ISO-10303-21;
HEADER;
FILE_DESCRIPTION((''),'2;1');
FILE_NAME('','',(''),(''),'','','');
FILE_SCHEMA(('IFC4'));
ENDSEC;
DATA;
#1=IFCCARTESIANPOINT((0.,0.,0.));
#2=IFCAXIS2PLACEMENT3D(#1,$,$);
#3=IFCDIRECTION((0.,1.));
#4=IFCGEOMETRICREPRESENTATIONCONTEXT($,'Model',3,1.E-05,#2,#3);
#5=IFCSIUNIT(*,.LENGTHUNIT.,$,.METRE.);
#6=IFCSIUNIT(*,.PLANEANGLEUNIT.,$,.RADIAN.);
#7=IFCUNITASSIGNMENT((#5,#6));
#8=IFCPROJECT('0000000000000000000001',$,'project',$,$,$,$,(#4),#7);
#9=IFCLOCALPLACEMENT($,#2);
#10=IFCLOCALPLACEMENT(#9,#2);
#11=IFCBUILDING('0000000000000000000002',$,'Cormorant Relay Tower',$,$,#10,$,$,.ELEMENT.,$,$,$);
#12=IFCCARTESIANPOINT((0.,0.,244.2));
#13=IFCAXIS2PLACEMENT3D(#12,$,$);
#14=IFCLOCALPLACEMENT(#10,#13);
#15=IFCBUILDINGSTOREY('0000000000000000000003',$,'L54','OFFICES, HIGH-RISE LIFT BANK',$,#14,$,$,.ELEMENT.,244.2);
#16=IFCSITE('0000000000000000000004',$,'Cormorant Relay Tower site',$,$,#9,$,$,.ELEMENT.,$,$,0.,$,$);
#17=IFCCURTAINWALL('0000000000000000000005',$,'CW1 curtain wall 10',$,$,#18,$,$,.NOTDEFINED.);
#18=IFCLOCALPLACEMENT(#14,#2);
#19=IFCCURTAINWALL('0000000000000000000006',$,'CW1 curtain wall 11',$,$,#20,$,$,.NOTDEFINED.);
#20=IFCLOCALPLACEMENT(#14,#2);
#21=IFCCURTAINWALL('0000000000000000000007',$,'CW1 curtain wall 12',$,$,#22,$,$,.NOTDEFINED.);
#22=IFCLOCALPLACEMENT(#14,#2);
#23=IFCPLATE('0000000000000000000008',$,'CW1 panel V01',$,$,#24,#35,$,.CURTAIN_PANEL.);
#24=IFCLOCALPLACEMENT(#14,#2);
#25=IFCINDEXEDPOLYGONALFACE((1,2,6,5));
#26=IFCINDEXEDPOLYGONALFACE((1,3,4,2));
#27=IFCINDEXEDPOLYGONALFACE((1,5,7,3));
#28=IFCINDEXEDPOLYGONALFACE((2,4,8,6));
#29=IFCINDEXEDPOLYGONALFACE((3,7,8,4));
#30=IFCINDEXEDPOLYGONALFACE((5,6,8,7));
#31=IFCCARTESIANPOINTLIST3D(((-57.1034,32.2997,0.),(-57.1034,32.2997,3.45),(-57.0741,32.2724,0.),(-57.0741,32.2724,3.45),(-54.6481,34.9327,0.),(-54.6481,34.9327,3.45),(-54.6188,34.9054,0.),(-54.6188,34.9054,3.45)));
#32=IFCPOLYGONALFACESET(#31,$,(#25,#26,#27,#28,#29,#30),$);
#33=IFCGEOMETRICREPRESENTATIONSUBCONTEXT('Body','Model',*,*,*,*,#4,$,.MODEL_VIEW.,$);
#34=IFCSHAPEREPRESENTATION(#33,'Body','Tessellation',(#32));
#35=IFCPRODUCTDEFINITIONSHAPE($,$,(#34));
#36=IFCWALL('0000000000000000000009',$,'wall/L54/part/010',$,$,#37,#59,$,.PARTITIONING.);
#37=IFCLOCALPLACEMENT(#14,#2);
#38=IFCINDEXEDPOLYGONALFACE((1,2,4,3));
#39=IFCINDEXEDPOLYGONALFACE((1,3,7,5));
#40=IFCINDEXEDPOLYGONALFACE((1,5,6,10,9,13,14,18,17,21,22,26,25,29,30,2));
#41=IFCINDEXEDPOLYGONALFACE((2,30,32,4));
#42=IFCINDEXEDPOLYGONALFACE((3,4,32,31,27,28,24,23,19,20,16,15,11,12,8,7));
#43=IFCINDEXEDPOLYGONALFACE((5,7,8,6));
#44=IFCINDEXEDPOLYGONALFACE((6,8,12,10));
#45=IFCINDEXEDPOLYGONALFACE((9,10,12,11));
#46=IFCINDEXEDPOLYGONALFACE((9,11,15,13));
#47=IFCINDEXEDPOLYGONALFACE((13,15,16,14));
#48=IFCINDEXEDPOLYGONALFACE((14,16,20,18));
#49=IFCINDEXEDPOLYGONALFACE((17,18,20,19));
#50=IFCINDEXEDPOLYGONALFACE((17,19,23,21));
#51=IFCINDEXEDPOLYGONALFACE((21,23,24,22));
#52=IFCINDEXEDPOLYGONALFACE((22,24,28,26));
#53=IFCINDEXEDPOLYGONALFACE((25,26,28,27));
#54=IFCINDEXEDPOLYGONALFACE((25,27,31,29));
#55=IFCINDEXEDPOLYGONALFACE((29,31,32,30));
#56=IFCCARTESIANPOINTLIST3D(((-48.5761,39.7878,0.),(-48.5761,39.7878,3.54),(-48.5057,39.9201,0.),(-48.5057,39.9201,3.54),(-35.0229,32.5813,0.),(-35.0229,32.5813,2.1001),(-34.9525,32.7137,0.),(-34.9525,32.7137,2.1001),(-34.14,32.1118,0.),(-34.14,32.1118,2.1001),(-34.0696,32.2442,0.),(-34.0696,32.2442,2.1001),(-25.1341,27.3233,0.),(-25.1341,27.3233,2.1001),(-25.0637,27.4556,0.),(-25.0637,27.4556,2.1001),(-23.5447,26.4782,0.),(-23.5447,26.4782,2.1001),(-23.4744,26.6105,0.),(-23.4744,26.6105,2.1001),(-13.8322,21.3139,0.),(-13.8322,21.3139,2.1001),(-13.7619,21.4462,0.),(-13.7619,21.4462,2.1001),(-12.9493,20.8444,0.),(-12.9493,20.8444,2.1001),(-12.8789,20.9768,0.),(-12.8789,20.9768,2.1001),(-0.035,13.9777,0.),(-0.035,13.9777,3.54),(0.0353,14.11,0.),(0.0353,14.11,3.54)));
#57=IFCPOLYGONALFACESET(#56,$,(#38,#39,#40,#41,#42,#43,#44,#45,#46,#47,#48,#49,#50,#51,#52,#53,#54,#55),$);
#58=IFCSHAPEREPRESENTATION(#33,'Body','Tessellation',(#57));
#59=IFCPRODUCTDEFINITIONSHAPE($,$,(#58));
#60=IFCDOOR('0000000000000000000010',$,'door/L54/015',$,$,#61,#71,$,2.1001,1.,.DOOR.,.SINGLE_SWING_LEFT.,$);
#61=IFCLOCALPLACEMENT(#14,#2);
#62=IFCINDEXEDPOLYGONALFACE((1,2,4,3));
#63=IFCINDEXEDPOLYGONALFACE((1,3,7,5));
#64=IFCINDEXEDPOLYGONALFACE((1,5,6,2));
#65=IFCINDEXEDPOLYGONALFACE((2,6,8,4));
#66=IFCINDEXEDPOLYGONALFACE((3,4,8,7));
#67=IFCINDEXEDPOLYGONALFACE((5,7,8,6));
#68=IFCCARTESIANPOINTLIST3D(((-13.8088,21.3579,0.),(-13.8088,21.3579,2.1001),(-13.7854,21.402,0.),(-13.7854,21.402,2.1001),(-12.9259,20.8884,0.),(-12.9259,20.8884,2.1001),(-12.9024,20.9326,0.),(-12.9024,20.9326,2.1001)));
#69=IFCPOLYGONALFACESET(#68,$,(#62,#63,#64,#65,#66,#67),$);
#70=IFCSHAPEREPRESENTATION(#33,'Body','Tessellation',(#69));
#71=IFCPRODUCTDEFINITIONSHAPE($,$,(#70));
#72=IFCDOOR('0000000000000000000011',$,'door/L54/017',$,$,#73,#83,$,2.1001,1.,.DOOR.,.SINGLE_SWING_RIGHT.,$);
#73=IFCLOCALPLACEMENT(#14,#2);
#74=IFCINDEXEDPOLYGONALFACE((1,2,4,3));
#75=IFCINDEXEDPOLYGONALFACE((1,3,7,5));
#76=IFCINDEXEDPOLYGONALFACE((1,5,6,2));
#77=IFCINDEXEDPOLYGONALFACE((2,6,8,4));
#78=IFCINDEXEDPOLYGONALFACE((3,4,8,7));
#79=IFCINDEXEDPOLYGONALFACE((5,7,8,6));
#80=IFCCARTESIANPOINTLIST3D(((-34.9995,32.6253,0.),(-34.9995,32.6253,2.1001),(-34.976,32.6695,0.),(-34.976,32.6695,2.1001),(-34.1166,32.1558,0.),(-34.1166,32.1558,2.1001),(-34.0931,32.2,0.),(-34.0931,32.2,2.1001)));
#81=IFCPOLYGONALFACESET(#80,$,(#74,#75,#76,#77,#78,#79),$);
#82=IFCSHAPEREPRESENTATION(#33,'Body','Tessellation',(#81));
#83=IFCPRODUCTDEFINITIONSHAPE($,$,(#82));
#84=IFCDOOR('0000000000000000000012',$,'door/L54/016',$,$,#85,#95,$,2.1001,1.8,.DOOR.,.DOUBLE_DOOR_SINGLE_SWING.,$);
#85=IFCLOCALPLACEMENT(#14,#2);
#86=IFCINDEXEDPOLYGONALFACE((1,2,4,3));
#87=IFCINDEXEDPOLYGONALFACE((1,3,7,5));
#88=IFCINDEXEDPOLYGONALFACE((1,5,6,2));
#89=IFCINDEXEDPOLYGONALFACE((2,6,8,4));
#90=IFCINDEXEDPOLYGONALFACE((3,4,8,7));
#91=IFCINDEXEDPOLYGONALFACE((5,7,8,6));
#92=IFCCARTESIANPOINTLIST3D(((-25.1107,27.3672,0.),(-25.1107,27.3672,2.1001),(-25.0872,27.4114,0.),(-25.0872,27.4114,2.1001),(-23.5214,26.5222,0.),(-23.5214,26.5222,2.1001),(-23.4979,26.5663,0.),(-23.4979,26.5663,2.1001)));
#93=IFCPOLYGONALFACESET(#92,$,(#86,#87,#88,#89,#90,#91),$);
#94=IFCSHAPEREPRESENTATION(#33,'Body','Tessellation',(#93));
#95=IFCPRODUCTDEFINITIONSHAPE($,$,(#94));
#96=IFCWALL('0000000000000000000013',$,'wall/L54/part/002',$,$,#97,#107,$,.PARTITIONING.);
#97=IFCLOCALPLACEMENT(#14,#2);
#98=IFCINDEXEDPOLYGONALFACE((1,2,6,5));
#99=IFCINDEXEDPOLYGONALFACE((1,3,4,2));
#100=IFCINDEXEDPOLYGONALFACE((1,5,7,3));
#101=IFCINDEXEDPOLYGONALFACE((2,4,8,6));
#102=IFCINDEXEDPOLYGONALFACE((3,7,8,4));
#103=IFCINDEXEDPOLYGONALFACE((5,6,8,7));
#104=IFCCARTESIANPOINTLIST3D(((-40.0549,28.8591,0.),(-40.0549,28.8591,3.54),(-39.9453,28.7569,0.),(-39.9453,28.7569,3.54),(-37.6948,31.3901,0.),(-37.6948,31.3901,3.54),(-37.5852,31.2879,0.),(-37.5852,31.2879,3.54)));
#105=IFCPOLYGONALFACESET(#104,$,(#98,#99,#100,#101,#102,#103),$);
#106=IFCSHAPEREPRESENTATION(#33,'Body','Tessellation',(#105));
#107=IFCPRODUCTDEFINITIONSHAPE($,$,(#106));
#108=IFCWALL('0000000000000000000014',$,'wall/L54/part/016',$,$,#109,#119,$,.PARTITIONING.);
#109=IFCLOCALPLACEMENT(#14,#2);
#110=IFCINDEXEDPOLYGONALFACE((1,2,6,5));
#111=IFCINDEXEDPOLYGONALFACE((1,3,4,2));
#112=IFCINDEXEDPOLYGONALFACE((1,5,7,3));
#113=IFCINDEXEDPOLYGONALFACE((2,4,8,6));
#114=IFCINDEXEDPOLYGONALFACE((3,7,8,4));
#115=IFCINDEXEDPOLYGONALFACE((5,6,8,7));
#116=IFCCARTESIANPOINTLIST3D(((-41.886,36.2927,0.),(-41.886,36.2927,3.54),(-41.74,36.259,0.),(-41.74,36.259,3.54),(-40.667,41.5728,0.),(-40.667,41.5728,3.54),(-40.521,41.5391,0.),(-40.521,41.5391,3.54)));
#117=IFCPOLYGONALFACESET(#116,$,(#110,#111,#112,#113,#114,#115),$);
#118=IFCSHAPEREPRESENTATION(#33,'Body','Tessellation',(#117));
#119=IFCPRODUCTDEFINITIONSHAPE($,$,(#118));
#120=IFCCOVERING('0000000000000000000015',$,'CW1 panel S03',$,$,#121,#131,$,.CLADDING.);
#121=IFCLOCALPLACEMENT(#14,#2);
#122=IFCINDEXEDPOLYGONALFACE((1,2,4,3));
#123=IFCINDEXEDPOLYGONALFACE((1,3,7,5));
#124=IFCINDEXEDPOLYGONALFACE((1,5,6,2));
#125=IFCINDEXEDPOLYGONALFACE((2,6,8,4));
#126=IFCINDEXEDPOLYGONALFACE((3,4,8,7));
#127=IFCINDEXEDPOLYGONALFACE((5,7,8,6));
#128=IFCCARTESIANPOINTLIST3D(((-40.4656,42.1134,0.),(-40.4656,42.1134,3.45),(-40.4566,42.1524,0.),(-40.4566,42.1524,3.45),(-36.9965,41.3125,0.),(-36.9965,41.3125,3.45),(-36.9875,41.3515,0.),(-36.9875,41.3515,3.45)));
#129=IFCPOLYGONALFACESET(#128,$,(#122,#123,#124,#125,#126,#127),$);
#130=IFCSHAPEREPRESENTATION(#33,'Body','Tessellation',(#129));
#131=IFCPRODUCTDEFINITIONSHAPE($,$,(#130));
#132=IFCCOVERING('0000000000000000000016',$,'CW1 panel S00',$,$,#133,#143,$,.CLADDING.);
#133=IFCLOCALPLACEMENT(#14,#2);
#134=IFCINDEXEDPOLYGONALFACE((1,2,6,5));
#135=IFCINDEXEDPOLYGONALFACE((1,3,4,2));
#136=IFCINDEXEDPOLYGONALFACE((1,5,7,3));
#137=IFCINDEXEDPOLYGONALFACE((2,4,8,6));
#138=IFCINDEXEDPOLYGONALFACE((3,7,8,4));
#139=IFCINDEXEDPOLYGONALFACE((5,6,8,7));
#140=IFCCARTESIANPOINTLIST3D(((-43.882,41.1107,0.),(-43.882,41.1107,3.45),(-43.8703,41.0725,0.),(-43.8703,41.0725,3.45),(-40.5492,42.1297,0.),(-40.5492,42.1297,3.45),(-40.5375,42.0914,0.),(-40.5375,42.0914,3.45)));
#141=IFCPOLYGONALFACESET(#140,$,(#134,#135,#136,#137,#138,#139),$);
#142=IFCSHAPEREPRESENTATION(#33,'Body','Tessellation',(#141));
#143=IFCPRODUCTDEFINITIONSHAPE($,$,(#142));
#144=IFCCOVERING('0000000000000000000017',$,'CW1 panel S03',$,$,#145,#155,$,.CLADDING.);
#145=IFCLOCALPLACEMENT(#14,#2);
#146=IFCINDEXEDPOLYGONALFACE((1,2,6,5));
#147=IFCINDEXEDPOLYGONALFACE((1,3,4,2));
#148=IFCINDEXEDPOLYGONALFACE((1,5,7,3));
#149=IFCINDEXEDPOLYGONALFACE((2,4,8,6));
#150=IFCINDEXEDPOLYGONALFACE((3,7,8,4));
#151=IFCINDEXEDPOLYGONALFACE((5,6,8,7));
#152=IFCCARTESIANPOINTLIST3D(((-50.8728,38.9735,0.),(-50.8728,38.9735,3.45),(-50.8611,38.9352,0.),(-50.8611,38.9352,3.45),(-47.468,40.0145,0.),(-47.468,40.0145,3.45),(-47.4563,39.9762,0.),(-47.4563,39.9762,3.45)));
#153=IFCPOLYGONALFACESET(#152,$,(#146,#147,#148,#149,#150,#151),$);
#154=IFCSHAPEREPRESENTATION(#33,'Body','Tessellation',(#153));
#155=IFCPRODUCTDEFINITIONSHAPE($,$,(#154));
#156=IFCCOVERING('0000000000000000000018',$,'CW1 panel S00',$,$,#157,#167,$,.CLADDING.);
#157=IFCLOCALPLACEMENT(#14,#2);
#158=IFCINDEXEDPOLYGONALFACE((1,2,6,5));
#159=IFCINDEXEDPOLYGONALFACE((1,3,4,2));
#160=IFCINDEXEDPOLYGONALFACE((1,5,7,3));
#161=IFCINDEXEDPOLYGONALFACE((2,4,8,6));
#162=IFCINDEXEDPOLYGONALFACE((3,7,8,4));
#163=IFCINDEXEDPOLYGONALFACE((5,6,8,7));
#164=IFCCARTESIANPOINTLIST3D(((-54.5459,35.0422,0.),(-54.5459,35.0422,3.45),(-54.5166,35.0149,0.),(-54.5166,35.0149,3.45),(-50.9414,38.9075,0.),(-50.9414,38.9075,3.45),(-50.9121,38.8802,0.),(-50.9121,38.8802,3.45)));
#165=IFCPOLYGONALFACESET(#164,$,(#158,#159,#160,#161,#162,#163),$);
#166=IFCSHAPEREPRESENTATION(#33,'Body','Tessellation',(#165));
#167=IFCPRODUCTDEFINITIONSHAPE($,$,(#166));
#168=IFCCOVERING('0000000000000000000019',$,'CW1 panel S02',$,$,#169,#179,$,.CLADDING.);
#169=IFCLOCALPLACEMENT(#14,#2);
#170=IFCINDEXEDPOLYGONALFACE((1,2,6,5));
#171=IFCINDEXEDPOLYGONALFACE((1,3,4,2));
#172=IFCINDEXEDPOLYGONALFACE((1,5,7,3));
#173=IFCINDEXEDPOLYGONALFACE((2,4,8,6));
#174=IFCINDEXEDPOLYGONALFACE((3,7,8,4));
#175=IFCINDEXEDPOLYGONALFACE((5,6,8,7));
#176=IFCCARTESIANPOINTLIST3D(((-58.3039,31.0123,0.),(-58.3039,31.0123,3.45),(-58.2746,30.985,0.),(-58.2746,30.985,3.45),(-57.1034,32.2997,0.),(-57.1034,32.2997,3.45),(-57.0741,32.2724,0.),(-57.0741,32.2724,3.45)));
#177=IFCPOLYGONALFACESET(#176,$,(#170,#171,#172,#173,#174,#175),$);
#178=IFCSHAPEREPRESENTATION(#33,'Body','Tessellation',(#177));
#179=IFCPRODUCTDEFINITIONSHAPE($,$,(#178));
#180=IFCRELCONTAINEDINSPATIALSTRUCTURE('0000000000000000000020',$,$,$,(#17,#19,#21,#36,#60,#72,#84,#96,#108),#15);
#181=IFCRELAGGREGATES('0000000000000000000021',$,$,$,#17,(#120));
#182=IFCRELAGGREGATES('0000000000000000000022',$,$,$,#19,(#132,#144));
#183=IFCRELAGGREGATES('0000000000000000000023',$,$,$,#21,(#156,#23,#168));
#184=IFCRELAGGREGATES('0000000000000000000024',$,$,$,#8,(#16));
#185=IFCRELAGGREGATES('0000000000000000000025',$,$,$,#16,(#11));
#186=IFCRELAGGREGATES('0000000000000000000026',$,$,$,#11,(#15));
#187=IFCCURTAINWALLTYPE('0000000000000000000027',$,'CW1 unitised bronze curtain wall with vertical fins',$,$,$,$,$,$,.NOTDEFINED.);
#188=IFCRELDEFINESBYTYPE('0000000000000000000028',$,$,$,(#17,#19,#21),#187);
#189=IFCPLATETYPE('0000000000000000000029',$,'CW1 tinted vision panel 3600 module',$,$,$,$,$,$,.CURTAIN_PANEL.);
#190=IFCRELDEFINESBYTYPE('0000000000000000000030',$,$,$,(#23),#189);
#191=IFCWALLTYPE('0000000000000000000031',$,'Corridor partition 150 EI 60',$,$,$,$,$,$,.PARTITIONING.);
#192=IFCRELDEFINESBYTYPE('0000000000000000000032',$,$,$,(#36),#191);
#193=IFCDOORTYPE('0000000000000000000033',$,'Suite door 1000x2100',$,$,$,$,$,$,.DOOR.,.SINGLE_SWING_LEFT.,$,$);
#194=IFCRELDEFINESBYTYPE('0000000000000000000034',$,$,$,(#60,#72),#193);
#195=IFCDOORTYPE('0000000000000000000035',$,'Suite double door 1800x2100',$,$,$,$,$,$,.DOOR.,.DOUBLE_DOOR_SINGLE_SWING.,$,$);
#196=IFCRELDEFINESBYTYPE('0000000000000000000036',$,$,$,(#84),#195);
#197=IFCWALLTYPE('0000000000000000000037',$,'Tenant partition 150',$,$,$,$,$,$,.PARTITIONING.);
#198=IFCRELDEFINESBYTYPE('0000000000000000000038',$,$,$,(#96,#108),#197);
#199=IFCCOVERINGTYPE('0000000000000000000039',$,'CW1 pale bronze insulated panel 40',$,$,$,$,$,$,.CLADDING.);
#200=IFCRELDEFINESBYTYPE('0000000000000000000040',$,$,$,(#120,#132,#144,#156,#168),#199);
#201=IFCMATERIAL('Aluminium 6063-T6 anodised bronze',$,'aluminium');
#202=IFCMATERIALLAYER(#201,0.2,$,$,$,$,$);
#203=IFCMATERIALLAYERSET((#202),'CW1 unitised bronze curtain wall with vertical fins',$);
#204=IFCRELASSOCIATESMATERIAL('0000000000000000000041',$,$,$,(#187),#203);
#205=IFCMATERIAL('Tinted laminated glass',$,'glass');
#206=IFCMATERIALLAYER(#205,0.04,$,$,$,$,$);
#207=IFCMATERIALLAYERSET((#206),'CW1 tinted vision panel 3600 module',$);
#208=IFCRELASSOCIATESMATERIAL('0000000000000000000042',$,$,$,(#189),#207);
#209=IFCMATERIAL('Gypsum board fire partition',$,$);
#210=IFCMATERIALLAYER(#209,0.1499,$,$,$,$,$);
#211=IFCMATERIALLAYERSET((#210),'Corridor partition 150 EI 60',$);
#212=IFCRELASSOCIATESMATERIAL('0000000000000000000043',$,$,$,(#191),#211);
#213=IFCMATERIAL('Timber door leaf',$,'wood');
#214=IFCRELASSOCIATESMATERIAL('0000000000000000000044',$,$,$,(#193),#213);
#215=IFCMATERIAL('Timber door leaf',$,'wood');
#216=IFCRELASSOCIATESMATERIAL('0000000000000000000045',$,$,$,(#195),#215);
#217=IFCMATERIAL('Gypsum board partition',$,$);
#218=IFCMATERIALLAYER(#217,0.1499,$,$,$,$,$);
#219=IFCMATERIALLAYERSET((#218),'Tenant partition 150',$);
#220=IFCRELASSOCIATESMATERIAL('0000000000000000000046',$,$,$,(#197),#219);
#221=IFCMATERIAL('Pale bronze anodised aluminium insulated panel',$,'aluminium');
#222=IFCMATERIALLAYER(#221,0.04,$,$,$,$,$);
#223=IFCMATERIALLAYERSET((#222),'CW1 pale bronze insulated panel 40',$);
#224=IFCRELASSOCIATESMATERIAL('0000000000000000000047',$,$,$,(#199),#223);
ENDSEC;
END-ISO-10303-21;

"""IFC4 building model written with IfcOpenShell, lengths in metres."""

from ifc_helpers import new_model, si_unit, direction, frame, frame_2d, origin, origin_2d, place, context, subcontext, project, spatial, rectangle, extrude, material, layer, layer_set, type_object, element, fill, aggregate, save


model = new_model("IFC4")

# Units and contexts
model_context = context("Model", 3, precision=1e-05, world=origin(), true_north=direction((0.0, 1.0)))
body_context = subcontext(model_context, "Body", "Model", "MODEL_VIEW")
ifc_project = project(units=[si_unit("LENGTHUNIT", "METRE"), si_unit("PLANEANGLEUNIT", "RADIAN")], contexts=[model_context])

# Site, building, storey
site_placement = place(None, origin())
site = spatial("IfcSite", under=ifc_project, at=site_placement, Name="Cormorant Relay Tower site", CompositionType="ELEMENT", RefElevation=0.0)
building_placement = place(site_placement, origin())
building = spatial("IfcBuilding", under=site, at=building_placement, Name="Cormorant Relay Tower", CompositionType="ELEMENT")
storey_placement = place(building_placement, frame((0.0, 0.0, 244.2)))
storey = spatial("IfcBuildingStorey", under=building, at=storey_placement, Name="L54", Description="OFFICES, HIGH-RISE LIFT BANK", CompositionType="ELEMENT", Elevation=244.2)

# Curtain wall
ifc_material_1 = material(Name="Aluminium 6063-T6 anodised bronze", Category="aluminium")
ifc_layer_1 = layer(ifc_material_1, 0.2)
ifc_layer_set_1 = layer_set([ifc_layer_1], Name="CW1 unitised bronze curtain wall with vertical fins")
curtain_wall_type = type_object("IfcCurtainWallType", Name="CW1 unitised bronze curtain wall with vertical fins", PredefinedType="NOTDEFINED", material=ifc_layer_set_1)
curtain_wall_1_placement = place(storey_placement, origin())
curtain_wall_1 = element("IfcCurtainWall", 1, at=curtain_wall_1_placement, inside=storey, type_object=curtain_wall_type, Name="CW1 curtain wall 10", PredefinedType="NOTDEFINED")

# Curtain walls
curtain_wall_2_placement = place(storey_placement, origin())
curtain_wall_2 = element("IfcCurtainWall", 2, at=curtain_wall_2_placement, inside=storey, type_object=curtain_wall_type, Name="CW1 curtain wall 11", PredefinedType="NOTDEFINED")
curtain_wall_3_placement = place(storey_placement, origin())
curtain_wall_3 = element("IfcCurtainWall", 3, at=curtain_wall_3_placement, inside=storey, type_object=curtain_wall_type, Name="CW1 curtain wall 12", PredefinedType="NOTDEFINED")

# Plate
ifc_material_2 = material(Name="Tinted laminated glass", Category="glass")
ifc_layer_2 = layer(ifc_material_2, 0.04)
ifc_layer_set_2 = layer_set([ifc_layer_2], Name="CW1 tinted vision panel 3600 module")
plate_type_1 = type_object("IfcPlateType", Name="CW1 tinted vision panel 3600 module", PredefinedType="CURTAIN_PANEL", material=ifc_layer_set_2)
plate_1_placement = place(storey_placement, frame((-55.8611, 33.6025, 0.0), z_axis=(0.0, 0.0, 1.0), x_axis=(-0.681998, -0.731354, 0.0)))
plate_1 = element("IfcPlate", 4, at=plate_1_placement, type_object=plate_type_1, Name="CW1 panel V01", PredefinedType="CURTAIN_PANEL", context=body_context, shape_type="SweptSolid", body=[
    extrude(rectangle(XDim=3.6001, YDim=0.04, at=origin_2d()), origin(), (0.0, 0.0, 1.0), 3.45),
])

# Wall, openings, doors
ifc_material_3 = material(Name="Gypsum board fire partition")
ifc_layer_3 = layer(ifc_material_3, 0.1499)
ifc_layer_set_3 = layer_set([ifc_layer_3], Name="Corridor partition 150 EI 60")
wall_type_1 = type_object("IfcWallType", Name="Corridor partition 150 EI 60", PredefinedType="PARTITIONING", material=ifc_layer_set_3)
wall_1_placement = place(storey_placement, frame((-48.541, 39.854, 0.0), z_axis=(0.0, 0.0, 1.0), x_axis=(0.882945, -0.469476, 0.0)))
wall_1 = element("IfcWall", 5, at=wall_1_placement, inside=storey, type_object=wall_type_1, Name="wall/L54/part/010", PredefinedType="PARTITIONING", context=body_context, shape_type="SweptSolid", body=[
    extrude(rectangle(XDim=54.9763, YDim=0.1499, at=frame_2d((27.4883, 0.0))), origin(), (0.0, 0.0, 1.0), 3.54),
])
opening_1_placement = place(wall_1_placement, frame((39.3501, 0.0, 0.0)))
opening_1 = element("IfcOpeningElement", 6, at=opening_1_placement, cuts=wall_1, PredefinedType="OPENING", context=body_context, shape_type="SweptSolid", body=[
    extrude(rectangle(XDim=1.0, YDim=2.1001, at=frame_2d((0.5, 1.05))), frame((0.0, 0.085, 0.0), z_axis=(0.0, -1.0, 0.0), x_axis=(1.0, 0.0, 0.0)), (0.0, 0.0, 1.0), 0.1699),
])
opening_2_placement = place(wall_1_placement, frame((26.55, 0.0, 0.0)))
opening_2 = element("IfcOpeningElement", 7, at=opening_2_placement, cuts=wall_1, PredefinedType="OPENING", context=body_context, shape_type="SweptSolid", body=[
    extrude(rectangle(XDim=1.8, YDim=2.1001, at=frame_2d((0.8999, 1.05))), frame((0.0, 0.085, 0.0), z_axis=(0.0, -1.0, 0.0), x_axis=(1.0, 0.0, 0.0)), (0.0, 0.0, 1.0), 0.1699),
])
opening_3_placement = place(wall_1_placement, frame((15.3501, 0.0, 0.0)))
opening_3 = element("IfcOpeningElement", 8, at=opening_3_placement, cuts=wall_1, PredefinedType="OPENING", context=body_context, shape_type="SweptSolid", body=[
    extrude(rectangle(XDim=1.0, YDim=2.1001, at=frame_2d((0.5, 1.05))), frame((0.0, 0.085, 0.0), z_axis=(0.0, -1.0, 0.0), x_axis=(1.0, 0.0, 0.0)), (0.0, 0.0, 1.0), 0.1699),
])
ifc_material_4 = material(Name="Timber door leaf", Category="wood")
door_type_1 = type_object("IfcDoorType", Name="Suite door 1000x2100", OperationType="SINGLE_SWING_LEFT", PredefinedType="DOOR", material=ifc_material_4)
door_1_placement = place(opening_1_placement, origin())
door_1 = element("IfcDoor", 9, at=door_1_placement, inside=storey, type_object=door_type_1, Name="door/L54/015", OperationType="SINGLE_SWING_LEFT", OverallHeight=2.1001, OverallWidth=1.0, PredefinedType="DOOR", context=body_context, shape_type="SweptSolid", body=[
    extrude(rectangle(XDim=1.0, YDim=2.1001, at=frame_2d((0.5, 1.05))), frame((0.0, 0.0249, 0.0), z_axis=(0.0, -1.0, 0.0), x_axis=(1.0, 0.0, 0.0)), (0.0, 0.0, 1.0), 0.05),
])
fill(opening_1, door_1)
door_2_placement = place(opening_3_placement, origin())
door_2 = element("IfcDoor", 10, at=door_2_placement, inside=storey, type_object=door_type_1, Name="door/L54/017", OperationType="SINGLE_SWING_RIGHT", OverallHeight=2.1001, OverallWidth=1.0, PredefinedType="DOOR", context=body_context, shape_type="SweptSolid", body=[
    extrude(rectangle(XDim=1.0, YDim=2.1001, at=frame_2d((0.5, 1.05))), frame((0.0, 0.0249, 0.0), z_axis=(0.0, -1.0, 0.0), x_axis=(1.0, 0.0, 0.0)), (0.0, 0.0, 1.0), 0.05),
])
fill(opening_3, door_2)
ifc_material_5 = material(Name="Timber door leaf", Category="wood")
door_type_2 = type_object("IfcDoorType", Name="Suite double door 1800x2100", OperationType="DOUBLE_DOOR_SINGLE_SWING", PredefinedType="DOOR", material=ifc_material_5)
door_3_placement = place(opening_2_placement, origin())
door_3 = element("IfcDoor", 11, at=door_3_placement, inside=storey, type_object=door_type_2, Name="door/L54/016", OperationType="DOUBLE_DOOR_SINGLE_SWING", OverallHeight=2.1001, OverallWidth=1.8, PredefinedType="DOOR", context=body_context, shape_type="SweptSolid", body=[
    extrude(rectangle(XDim=1.8, YDim=2.1001, at=frame_2d((0.8999, 1.05))), frame((0.0, 0.0249, 0.0), z_axis=(0.0, -1.0, 0.0), x_axis=(1.0, 0.0, 0.0)), (0.0, 0.0, 1.0), 0.05),
])
fill(opening_2, door_3)

# Walls
ifc_material_6 = material(Name="Gypsum board partition")
ifc_layer_4 = layer(ifc_material_6, 0.1499)
ifc_layer_set_4 = layer_set([ifc_layer_4], Name="Tenant partition 150")
wall_type_2 = type_object("IfcWallType", Name="Tenant partition 150", PredefinedType="PARTITIONING", material=ifc_layer_set_4)
wall_2_placement = place(storey_placement, frame((-37.6399, 31.3391, 0.0), z_axis=(0.0, 0.0, 1.0), x_axis=(-0.681984, -0.731367, 0.0)))
element("IfcWall", 12, at=wall_2_placement, inside=storey, type_object=wall_type_2, Name="wall/L54/part/002", PredefinedType="PARTITIONING", context=body_context, shape_type="SweptSolid", body=[
    extrude(rectangle(XDim=3.4607, YDim=0.1499, at=frame_2d((1.7305, 0.0))), origin(), (0.0, 0.0, 1.0), 3.54),
])
wall_3_placement = place(storey_placement, frame((-41.813, 36.2759, 0.0), z_axis=(0.0, 0.0, 1.0), x_axis=(0.224952, 0.97437, 0.0)))
element("IfcWall", 13, at=wall_3_placement, inside=storey, type_object=wall_type_2, Name="wall/L54/part/016", PredefinedType="PARTITIONING", context=body_context, shape_type="SweptSolid", body=[
    extrude(rectangle(XDim=5.4189, YDim=0.1499, at=frame_2d((2.7095, 0.0))), origin(), (0.0, 0.0, 1.0), 3.54),
])

# Coverings
ifc_material_7 = material(Name="Pale bronze anodised aluminium insulated panel", Category="aluminium")
ifc_layer_5 = layer(ifc_material_7, 0.04)
ifc_layer_set_5 = layer_set([ifc_layer_5], Name="CW1 pale bronze insulated panel 40")
covering_type = type_object("IfcCoveringType", Name="CW1 pale bronze insulated panel 40", PredefinedType="CLADDING", material=ifc_layer_set_5)
covering_1_placement = place(storey_placement, frame((-38.7266, 41.7324, 0.0), z_axis=(0.0, 0.0, 1.0), x_axis=(-0.97437, 0.224951, 0.0)))
covering_1 = element("IfcCovering", 14, at=covering_1_placement, type_object=covering_type, Name="CW1 panel S03", PredefinedType="CLADDING", context=body_context, shape_type="SweptSolid", body=[
    extrude(rectangle(XDim=3.5603, YDim=0.04, at=origin_2d()), origin(), (0.0, 0.0, 1.0), 3.45),
])
aggregate(curtain_wall_1, [covering_1])
covering_2_placement = place(storey_placement, frame((-42.2097, 41.6011, 0.0), z_axis=(0.0, 0.0, 1.0), x_axis=(-0.956305, -0.292372, 0.0)))
covering_2 = element("IfcCovering", 15, at=covering_2_placement, type_object=covering_type, Name="CW1 panel S00", PredefinedType="CLADDING", context=body_context, shape_type="SweptSolid", body=[
    extrude(rectangle(XDim=3.4851, YDim=0.04, at=origin_2d()), origin(), (0.0, 0.0, 1.0), 3.45),
])
covering_3_placement = place(storey_placement, frame((-49.1646, 39.4749, 0.0), z_axis=(0.0, 0.0, 1.0), x_axis=(-0.956305, -0.292372, 0.0)))
covering_3 = element("IfcCovering", 16, at=covering_3_placement, type_object=covering_type, Name="CW1 panel S03", PredefinedType="CLADDING", context=body_context, shape_type="SweptSolid", body=[
    extrude(rectangle(XDim=3.5603, YDim=0.04, at=origin_2d()), origin(), (0.0, 0.0, 1.0), 3.45),
])
aggregate(curtain_wall_2, [covering_2, covering_3])
covering_4_placement = place(storey_placement, frame((-52.729, 36.9612, 0.0), z_axis=(0.0, 0.0, 1.0), x_axis=(-0.681998, -0.731354, 0.0)))
covering_4 = element("IfcCovering", 17, at=covering_4_placement, type_object=covering_type, Name="CW1 panel S00", PredefinedType="CLADDING", context=body_context, shape_type="SweptSolid", body=[
    extrude(rectangle(XDim=5.2852, YDim=0.04, at=origin_2d()), origin(), (0.0, 0.0, 1.0), 3.45),
])
covering_5_placement = place(storey_placement, frame((-57.689, 31.6423, 0.0), z_axis=(0.0, 0.0, 1.0), x_axis=(-0.681998, -0.731354, 0.0)))
covering_5 = element("IfcCovering", 18, at=covering_5_placement, type_object=covering_type, Name="CW1 panel S02", PredefinedType="CLADDING", context=body_context, shape_type="SweptSolid", body=[
    extrude(rectangle(XDim=1.7603, YDim=0.04, at=origin_2d()), origin(), (0.0, 0.0, 1.0), 3.45),
])
aggregate(curtain_wall_3, [covering_4, plate_1, covering_5])

save(model, "model.ifc")
